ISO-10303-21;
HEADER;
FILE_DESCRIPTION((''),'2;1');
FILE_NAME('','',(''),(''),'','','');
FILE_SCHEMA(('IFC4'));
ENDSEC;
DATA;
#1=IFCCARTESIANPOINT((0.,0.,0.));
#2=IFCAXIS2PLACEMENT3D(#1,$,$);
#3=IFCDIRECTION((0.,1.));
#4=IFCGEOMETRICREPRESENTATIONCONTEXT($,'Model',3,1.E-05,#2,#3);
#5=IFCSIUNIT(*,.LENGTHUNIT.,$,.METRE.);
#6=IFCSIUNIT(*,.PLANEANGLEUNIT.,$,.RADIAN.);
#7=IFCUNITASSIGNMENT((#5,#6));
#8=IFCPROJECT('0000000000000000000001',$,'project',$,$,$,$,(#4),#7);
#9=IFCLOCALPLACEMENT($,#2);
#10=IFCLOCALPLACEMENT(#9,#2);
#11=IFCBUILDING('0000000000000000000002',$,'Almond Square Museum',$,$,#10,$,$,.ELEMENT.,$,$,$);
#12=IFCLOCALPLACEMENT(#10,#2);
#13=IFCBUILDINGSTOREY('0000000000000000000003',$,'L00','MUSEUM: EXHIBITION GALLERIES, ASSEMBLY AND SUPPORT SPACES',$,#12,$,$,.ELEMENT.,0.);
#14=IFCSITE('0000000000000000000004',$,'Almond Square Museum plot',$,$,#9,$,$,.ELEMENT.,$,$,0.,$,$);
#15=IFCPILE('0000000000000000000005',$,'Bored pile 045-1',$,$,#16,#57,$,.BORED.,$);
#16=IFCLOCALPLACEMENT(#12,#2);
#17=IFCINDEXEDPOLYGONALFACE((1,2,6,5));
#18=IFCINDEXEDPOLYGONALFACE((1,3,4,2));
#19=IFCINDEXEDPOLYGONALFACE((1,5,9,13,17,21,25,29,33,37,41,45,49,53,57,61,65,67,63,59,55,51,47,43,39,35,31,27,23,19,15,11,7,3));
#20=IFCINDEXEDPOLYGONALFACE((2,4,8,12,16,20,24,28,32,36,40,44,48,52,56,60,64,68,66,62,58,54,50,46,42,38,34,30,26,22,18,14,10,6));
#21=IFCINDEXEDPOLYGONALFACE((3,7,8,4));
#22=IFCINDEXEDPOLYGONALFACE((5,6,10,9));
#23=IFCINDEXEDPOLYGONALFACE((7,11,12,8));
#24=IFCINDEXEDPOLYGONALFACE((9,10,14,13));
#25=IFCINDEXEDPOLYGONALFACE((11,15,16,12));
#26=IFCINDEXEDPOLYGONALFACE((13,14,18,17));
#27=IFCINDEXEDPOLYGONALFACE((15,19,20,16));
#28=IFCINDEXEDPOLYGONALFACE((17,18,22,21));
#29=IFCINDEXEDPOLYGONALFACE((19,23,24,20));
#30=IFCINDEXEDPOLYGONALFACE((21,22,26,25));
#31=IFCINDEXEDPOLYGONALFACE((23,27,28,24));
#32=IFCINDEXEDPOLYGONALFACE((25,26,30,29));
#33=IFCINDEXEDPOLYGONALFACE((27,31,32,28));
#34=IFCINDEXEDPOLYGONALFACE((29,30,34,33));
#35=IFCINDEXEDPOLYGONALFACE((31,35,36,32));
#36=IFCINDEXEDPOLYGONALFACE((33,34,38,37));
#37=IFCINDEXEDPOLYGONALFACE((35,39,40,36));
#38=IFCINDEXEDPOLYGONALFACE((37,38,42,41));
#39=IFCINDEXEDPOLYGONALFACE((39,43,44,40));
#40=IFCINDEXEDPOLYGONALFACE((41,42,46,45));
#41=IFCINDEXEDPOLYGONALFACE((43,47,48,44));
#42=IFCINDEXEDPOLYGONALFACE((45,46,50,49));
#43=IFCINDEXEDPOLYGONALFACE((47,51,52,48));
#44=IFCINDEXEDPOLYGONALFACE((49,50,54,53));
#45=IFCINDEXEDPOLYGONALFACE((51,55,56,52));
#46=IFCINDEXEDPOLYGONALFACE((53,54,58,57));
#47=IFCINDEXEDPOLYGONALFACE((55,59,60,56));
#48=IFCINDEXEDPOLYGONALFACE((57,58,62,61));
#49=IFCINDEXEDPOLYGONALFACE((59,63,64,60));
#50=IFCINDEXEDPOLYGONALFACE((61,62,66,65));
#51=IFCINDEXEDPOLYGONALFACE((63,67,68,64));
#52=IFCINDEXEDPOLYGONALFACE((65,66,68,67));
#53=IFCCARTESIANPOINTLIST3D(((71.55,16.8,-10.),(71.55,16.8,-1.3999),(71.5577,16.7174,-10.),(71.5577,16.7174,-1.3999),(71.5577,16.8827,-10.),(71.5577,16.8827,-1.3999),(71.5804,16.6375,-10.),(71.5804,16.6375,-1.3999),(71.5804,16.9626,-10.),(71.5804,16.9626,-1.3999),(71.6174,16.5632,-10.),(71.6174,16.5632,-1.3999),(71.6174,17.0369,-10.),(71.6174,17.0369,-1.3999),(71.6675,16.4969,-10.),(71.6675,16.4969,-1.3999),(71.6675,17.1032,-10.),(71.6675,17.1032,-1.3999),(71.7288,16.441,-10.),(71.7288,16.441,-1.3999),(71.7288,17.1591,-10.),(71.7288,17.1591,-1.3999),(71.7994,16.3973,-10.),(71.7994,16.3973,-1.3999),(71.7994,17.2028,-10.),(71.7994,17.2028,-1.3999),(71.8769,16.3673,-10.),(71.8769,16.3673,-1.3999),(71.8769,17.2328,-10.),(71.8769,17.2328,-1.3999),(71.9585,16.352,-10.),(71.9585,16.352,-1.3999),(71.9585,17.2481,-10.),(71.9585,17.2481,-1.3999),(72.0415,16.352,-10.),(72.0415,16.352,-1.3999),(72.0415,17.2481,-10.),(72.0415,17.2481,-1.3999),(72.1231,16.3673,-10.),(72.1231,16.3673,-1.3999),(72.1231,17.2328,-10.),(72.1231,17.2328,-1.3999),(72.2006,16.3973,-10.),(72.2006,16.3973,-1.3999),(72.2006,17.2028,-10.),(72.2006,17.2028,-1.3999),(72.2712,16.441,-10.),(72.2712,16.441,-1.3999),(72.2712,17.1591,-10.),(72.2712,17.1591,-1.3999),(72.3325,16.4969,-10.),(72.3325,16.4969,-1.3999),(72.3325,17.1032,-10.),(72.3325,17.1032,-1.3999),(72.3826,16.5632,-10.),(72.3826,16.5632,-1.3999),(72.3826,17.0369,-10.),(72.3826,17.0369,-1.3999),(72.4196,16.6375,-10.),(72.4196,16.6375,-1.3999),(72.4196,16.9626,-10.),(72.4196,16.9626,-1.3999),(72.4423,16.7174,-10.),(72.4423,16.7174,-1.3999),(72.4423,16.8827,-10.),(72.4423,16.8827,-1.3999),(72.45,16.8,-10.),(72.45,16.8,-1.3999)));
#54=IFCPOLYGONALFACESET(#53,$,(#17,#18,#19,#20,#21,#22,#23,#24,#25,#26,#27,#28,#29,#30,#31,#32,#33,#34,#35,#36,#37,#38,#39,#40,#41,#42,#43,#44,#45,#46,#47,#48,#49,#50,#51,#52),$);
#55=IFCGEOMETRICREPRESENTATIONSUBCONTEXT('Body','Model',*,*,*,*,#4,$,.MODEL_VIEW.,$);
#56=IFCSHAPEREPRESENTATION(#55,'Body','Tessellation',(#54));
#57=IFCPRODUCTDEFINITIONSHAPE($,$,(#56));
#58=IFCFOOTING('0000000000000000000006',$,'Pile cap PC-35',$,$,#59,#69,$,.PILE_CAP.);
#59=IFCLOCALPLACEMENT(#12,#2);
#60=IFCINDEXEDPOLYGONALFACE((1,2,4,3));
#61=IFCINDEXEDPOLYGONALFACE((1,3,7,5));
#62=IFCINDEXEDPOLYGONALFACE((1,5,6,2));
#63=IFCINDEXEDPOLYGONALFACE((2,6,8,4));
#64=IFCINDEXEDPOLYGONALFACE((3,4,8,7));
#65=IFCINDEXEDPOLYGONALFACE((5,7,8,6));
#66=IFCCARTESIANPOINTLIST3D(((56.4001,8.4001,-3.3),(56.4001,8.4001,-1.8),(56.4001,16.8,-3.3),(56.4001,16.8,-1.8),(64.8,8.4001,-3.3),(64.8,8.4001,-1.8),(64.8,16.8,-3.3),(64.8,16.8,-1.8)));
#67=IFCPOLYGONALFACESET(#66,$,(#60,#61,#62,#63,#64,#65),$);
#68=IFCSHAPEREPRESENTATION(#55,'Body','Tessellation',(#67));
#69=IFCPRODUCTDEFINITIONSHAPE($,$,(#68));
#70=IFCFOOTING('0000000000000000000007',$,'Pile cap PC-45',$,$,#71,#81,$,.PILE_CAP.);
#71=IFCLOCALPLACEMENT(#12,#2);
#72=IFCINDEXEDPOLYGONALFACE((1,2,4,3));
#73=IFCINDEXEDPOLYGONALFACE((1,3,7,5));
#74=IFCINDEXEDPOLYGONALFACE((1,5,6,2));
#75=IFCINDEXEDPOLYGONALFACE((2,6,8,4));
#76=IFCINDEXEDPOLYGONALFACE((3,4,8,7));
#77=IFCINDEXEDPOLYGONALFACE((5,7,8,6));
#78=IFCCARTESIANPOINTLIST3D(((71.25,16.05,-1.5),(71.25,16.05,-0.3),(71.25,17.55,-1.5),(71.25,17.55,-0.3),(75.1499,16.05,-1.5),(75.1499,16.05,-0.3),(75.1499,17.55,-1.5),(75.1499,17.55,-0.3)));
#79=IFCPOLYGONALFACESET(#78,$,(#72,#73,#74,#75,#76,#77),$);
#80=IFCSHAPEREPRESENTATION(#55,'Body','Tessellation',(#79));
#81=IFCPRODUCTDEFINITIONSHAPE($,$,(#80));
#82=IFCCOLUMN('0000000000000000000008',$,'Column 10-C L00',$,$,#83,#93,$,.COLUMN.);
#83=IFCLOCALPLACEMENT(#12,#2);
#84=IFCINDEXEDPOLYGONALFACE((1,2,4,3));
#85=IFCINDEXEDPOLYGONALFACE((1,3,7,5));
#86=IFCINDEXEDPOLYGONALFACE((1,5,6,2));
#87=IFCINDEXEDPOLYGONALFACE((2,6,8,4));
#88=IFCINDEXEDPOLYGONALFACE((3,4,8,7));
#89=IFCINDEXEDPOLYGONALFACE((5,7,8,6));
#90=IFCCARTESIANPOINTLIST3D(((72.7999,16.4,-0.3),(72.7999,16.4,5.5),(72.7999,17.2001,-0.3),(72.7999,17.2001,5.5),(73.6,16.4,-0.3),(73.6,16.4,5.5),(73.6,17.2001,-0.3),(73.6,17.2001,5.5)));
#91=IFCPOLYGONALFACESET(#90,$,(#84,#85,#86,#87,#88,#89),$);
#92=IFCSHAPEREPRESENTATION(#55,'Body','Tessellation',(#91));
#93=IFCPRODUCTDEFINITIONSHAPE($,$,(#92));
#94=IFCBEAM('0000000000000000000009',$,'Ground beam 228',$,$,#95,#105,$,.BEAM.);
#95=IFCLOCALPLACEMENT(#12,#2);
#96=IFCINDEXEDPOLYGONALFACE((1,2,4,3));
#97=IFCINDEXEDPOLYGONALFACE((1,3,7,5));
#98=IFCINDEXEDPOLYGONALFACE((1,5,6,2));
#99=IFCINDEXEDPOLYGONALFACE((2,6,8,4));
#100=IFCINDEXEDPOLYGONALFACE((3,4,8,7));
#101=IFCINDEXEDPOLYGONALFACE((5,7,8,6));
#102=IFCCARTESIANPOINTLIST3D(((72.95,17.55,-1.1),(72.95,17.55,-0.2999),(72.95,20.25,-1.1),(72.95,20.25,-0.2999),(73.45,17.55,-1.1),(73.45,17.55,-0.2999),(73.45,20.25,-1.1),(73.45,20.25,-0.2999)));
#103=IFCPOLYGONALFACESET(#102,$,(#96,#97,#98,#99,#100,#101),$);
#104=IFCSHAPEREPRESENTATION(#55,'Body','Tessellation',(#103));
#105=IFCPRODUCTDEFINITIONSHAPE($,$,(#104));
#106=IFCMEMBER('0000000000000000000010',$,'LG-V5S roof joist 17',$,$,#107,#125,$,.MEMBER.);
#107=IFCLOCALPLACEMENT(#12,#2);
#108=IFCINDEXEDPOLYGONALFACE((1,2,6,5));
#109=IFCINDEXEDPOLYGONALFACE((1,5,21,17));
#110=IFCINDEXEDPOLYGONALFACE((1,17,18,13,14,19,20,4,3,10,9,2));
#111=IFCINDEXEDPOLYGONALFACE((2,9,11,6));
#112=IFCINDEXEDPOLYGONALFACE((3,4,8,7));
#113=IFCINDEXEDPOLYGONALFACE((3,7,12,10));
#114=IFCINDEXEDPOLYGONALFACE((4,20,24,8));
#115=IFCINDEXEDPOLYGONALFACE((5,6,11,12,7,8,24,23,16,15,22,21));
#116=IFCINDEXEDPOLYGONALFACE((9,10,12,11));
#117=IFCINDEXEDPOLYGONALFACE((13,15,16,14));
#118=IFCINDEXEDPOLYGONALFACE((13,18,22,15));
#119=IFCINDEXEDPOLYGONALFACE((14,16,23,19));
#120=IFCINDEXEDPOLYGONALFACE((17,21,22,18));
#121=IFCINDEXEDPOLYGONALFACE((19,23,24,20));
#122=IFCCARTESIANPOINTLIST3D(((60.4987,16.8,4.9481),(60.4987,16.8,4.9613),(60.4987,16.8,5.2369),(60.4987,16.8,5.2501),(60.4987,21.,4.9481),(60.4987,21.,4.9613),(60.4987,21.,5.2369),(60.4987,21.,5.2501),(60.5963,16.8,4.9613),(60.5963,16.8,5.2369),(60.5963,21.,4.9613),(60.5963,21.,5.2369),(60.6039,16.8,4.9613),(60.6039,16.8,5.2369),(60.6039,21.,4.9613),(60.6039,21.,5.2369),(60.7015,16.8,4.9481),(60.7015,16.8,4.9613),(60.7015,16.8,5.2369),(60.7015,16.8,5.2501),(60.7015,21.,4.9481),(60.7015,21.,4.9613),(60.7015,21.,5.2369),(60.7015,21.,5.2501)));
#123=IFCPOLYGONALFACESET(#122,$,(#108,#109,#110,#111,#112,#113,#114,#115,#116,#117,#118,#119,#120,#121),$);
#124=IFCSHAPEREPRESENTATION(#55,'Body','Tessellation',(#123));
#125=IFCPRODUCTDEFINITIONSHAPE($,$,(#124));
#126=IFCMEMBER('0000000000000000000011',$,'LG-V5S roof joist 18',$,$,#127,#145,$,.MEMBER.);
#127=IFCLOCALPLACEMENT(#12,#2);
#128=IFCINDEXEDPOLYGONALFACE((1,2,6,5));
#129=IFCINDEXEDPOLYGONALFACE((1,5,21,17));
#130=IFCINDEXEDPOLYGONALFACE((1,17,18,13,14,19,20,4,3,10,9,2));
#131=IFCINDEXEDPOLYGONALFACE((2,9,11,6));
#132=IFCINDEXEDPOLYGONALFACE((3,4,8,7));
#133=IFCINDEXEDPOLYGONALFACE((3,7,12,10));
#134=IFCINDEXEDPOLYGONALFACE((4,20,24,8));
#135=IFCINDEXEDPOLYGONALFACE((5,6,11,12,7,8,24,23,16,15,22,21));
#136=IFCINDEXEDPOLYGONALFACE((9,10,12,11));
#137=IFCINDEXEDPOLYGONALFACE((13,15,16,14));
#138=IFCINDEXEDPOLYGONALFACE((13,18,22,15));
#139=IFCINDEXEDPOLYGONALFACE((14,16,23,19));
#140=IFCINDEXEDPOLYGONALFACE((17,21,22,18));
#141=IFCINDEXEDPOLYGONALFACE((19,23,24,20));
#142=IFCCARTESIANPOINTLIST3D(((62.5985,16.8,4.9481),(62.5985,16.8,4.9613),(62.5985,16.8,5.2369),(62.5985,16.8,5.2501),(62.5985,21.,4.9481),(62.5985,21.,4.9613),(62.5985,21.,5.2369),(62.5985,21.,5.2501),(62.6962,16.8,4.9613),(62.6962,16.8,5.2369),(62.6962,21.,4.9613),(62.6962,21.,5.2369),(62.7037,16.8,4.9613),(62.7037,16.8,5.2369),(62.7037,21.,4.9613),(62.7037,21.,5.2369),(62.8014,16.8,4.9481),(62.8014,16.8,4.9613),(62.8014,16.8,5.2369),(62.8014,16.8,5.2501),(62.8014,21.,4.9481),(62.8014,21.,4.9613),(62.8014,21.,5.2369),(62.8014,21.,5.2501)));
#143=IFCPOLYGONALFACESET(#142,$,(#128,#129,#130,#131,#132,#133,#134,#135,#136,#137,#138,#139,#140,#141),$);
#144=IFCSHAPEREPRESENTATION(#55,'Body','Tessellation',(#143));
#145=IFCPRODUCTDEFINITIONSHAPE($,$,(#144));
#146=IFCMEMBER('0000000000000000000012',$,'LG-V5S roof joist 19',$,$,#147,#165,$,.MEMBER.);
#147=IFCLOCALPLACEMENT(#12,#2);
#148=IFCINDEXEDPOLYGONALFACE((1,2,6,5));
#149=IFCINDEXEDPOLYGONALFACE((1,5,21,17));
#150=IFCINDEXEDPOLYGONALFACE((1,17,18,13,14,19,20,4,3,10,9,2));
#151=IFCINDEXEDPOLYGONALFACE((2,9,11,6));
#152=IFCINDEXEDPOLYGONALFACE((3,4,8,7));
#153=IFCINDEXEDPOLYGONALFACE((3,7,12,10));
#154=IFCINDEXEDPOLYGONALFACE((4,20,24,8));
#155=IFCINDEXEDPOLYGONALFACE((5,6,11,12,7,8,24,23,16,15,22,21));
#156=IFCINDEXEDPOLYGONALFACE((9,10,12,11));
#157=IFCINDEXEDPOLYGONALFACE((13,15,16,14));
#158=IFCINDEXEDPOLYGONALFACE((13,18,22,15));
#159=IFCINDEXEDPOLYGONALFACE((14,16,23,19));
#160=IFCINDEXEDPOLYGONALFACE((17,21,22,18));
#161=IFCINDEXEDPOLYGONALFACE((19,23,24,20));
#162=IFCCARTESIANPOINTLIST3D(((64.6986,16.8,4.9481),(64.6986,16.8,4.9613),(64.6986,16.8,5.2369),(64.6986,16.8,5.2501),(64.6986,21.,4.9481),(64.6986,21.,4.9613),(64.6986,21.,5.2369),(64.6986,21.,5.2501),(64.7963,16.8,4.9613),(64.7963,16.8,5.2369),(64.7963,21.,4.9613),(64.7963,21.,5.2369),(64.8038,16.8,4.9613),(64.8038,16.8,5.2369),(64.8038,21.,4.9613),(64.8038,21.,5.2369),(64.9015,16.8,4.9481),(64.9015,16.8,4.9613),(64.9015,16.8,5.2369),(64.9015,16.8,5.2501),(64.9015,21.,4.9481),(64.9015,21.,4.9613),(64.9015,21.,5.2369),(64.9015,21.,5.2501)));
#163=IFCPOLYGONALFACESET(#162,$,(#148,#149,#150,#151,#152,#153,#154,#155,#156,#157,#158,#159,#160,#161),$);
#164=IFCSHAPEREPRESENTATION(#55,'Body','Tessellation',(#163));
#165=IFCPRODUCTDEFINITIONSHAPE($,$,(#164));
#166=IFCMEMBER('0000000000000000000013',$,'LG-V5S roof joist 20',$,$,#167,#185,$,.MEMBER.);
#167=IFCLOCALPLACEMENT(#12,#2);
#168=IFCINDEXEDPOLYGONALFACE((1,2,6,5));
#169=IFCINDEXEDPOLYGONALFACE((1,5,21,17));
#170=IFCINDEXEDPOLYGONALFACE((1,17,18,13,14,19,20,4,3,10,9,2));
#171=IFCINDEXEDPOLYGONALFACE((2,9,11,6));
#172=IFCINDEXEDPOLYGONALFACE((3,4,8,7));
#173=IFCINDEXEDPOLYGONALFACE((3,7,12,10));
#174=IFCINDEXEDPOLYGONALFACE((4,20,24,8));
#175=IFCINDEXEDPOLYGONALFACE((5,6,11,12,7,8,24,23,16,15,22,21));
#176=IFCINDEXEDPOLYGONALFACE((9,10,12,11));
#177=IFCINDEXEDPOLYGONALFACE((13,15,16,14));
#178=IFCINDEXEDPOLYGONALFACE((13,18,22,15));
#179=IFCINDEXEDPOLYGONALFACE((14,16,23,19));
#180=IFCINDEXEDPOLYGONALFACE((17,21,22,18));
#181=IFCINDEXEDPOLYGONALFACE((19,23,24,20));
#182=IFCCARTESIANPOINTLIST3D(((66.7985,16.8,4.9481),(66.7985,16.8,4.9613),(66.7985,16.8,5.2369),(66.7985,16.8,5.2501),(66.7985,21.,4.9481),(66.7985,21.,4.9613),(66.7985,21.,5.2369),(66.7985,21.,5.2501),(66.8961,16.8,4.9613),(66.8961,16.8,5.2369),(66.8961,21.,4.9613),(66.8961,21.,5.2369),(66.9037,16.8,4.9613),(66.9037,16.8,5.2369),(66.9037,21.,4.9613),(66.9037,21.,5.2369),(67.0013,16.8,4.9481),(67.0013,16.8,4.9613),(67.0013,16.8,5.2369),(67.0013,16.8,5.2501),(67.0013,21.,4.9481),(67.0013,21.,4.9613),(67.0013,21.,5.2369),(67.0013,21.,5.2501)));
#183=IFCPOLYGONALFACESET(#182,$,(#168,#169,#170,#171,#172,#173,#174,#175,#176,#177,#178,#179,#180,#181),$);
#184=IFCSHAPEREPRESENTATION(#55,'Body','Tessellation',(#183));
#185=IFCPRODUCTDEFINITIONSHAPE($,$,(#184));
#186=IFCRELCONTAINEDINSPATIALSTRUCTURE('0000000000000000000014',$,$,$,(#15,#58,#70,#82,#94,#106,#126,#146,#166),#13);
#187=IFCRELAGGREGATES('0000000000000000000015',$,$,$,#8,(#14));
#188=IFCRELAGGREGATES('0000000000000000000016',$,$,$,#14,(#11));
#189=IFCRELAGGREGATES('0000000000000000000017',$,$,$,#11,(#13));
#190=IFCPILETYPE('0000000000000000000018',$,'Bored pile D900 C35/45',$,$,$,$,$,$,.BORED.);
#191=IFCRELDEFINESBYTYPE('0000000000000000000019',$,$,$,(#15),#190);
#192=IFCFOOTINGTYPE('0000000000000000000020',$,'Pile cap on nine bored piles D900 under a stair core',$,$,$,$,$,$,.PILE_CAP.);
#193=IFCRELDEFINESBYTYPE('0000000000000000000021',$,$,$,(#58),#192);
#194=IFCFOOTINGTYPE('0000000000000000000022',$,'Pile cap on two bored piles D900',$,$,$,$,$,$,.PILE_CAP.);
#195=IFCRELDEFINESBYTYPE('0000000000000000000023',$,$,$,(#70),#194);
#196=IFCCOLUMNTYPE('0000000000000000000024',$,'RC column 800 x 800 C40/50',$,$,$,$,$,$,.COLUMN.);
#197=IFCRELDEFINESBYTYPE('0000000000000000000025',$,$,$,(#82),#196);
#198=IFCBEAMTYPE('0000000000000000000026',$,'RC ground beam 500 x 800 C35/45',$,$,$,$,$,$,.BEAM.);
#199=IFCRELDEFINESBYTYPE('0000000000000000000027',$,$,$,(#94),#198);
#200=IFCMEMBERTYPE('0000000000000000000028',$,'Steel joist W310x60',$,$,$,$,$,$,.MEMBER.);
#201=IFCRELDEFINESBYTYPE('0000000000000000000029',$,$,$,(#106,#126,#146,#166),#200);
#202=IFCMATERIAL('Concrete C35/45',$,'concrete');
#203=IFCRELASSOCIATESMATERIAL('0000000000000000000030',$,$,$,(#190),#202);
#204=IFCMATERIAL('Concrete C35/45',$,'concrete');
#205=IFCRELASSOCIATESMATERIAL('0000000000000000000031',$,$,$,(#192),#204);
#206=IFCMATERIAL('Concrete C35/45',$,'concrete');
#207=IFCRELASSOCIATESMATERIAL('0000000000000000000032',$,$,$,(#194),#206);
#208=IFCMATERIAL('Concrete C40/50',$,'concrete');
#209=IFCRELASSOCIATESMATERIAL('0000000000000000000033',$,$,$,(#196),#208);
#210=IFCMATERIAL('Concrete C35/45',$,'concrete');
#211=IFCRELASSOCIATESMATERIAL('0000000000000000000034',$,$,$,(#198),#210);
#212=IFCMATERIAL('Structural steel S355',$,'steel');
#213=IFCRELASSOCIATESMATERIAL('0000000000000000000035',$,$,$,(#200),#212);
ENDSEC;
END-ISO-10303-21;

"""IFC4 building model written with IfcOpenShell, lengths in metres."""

from ifc_helpers import new_model, si_unit, direction, frame, origin, origin_2d, place, context, subcontext, project, spatial, rectangle, circle, i_section, extrude, material, material_profile, profile_set, type_object, element, save


model = new_model("IFC4")

# Units and contexts
model_context = context("Model", 3, precision=1e-05, world=origin(), true_north=direction((0.0, 1.0)))
body_context = subcontext(model_context, "Body", "Model", "MODEL_VIEW")
ifc_project = project(units=[si_unit("LENGTHUNIT", "METRE"), si_unit("PLANEANGLEUNIT", "RADIAN")], contexts=[model_context])

# Site, building, storey
site_placement = place(None, origin())
site = spatial("IfcSite", under=ifc_project, at=site_placement, Name="Almond Square Museum plot", CompositionType="ELEMENT", RefElevation=0.0)
building_placement = place(site_placement, origin())
building = spatial("IfcBuilding", under=site, at=building_placement, Name="Almond Square Museum", CompositionType="ELEMENT")
storey_placement = place(building_placement, origin())
storey = spatial("IfcBuildingStorey", under=building, at=storey_placement, Name="L00", Description="MUSEUM: EXHIBITION GALLERIES, ASSEMBLY AND SUPPORT SPACES", CompositionType="ELEMENT", Elevation=0.0)

# Pile
ifc_material_1 = material(Name="Concrete C35/45", Category="concrete")
ifc_material_profile_1 = material_profile(ifc_material_1, circle(Radius=0.45, at=origin_2d()))
ifc_profile_set_1 = profile_set([ifc_material_profile_1], Name="Concrete C35/45")
pile_type = type_object("IfcPileType", Name="Bored pile D900 C35/45", PredefinedType="BORED", material=ifc_profile_set_1)
pile_placement = place(storey_placement, frame((72.0, 16.8, -1.3999), z_axis=(0.0, 0.0, -1.0), x_axis=(1.0, 0.0, 0.0)))
element("IfcPile", 1, at=pile_placement, inside=storey, type_object=pile_type, Name="Bored pile 045-1", PredefinedType="BORED", context=body_context, shape_type="SweptSolid", body=[
    extrude(circle(Radius=0.45, at=origin_2d()), origin(), (0.0, 0.0, 1.0), 8.6001),
])

# Footings
ifc_material_2 = material(Name="Concrete C35/45", Category="concrete")
footing_type_1 = type_object("IfcFootingType", Name="Pile cap on nine bored piles D900 under a stair core", PredefinedType="PILE_CAP", material=ifc_material_2)
footing_1_placement = place(storey_placement, frame((60.6001, 12.6001, -3.3), z_axis=(0.0, 0.0, 1.0), x_axis=(1.0, 0.0, 0.0)))
element("IfcFooting", 2, at=footing_1_placement, inside=storey, type_object=footing_type_1, Name="Pile cap PC-35", PredefinedType="PILE_CAP", context=body_context, shape_type="SweptSolid", body=[
    extrude(rectangle(XDim=8.3999, YDim=8.3999, at=origin_2d()), origin(), (0.0, 0.0, 1.0), 1.5),
])
ifc_material_3 = material(Name="Concrete C35/45", Category="concrete")
footing_type_2 = type_object("IfcFootingType", Name="Pile cap on two bored piles D900", PredefinedType="PILE_CAP", material=ifc_material_3)
footing_2_placement = place(storey_placement, frame((73.2, 16.8, -1.5), z_axis=(0.0, 0.0, 1.0), x_axis=(1.0, 0.0, 0.0)))
element("IfcFooting", 3, at=footing_2_placement, inside=storey, type_object=footing_type_2, Name="Pile cap PC-45", PredefinedType="PILE_CAP", context=body_context, shape_type="SweptSolid", body=[
    extrude(rectangle(XDim=3.8999, YDim=1.5, at=origin_2d()), origin(), (0.0, 0.0, 1.0), 1.2),
])

# Column
ifc_material_4 = material(Name="Concrete C40/50", Category="concrete")
ifc_material_profile_2 = material_profile(ifc_material_4, rectangle(XDim=0.8, YDim=0.8, at=origin_2d()))
ifc_profile_set_2 = profile_set([ifc_material_profile_2], Name="Concrete C40/50")
column_type = type_object("IfcColumnType", Name="RC column 800 x 800 C40/50", PredefinedType="COLUMN", material=ifc_profile_set_2)
column_placement = place(storey_placement, frame((73.2, 16.8, -0.3), z_axis=(0.0, 0.0, 1.0), x_axis=(1.0, 0.0, 0.0)))
element("IfcColumn", 4, at=column_placement, inside=storey, type_object=column_type, Name="Column 10-C L00", PredefinedType="COLUMN", context=body_context, shape_type="SweptSolid", body=[
    extrude(rectangle(XDim=0.8, YDim=0.8, at=origin_2d()), origin(), (0.0, 0.0, 1.0), 5.8),
])

# Beam
ifc_material_5 = material(Name="Concrete C35/45", Category="concrete")
ifc_material_profile_3 = material_profile(ifc_material_5, rectangle(XDim=0.5, YDim=0.8, at=origin_2d()))
ifc_profile_set_3 = profile_set([ifc_material_profile_3], Name="Concrete C35/45")
beam_type = type_object("IfcBeamType", Name="RC ground beam 500 x 800 C35/45", PredefinedType="BEAM", material=ifc_profile_set_3)
beam_placement = place(storey_placement, frame((73.2, 17.55, -0.7), z_axis=(0.0, 1.0, 0.0), x_axis=(-1.0, 0.0, 0.0)))
element("IfcBeam", 5, at=beam_placement, inside=storey, type_object=beam_type, Name="Ground beam 228", PredefinedType="BEAM", context=body_context, shape_type="SweptSolid", body=[
    extrude(rectangle(XDim=0.5, YDim=0.8, at=origin_2d()), origin(), (0.0, 0.0, 1.0), 2.7),
])

# Members
ifc_material_6 = material(Name="Structural steel S355", Category="steel")
ifc_material_profile_4 = material_profile(ifc_material_6, i_section(OverallWidth=0.2029, OverallDepth=0.302, WebThickness=0.0076, FlangeThickness=0.0132, at=origin_2d()))
ifc_profile_set_4 = profile_set([ifc_material_profile_4], Name="Structural steel S355")
member_type = type_object("IfcMemberType", Name="Steel joist W310x60", PredefinedType="MEMBER", material=ifc_profile_set_4)
for number, where, z_axis, x_axis, name in (
    (6, (60.6001, 16.8, 5.0991), (0.0, 1.0, 0.0), (-1.0, 0.0, 0.0), "LG-V5S roof joist 17"),
    (7, (62.7, 16.8, 5.0991), (0.0, 1.0, 0.0), (-1.0, 0.0, 0.0), "LG-V5S roof joist 18"),
    (8, (64.8, 16.8, 5.0991), (0.0, 1.0, 0.0), (-1.0, 0.0, 0.0), "LG-V5S roof joist 19"),
    (9, (66.8999, 16.8, 5.0991), (0.0, 1.0, 0.0), (-1.0, 0.0, 0.0), "LG-V5S roof joist 20"),
):
    element("IfcMember", number, at=place(storey_placement, frame(where, z_axis=z_axis, x_axis=x_axis)), inside=storey, type_object=member_type, Name=name, PredefinedType="MEMBER", context=body_context, shape_type="SweptSolid", body=[
        extrude(i_section(OverallWidth=0.2029, OverallDepth=0.302, WebThickness=0.0076, FlangeThickness=0.0132, at=origin_2d()), origin(), (0.0, 0.0, 1.0), 4.2),
    ])

save(model, "model.ifc")
